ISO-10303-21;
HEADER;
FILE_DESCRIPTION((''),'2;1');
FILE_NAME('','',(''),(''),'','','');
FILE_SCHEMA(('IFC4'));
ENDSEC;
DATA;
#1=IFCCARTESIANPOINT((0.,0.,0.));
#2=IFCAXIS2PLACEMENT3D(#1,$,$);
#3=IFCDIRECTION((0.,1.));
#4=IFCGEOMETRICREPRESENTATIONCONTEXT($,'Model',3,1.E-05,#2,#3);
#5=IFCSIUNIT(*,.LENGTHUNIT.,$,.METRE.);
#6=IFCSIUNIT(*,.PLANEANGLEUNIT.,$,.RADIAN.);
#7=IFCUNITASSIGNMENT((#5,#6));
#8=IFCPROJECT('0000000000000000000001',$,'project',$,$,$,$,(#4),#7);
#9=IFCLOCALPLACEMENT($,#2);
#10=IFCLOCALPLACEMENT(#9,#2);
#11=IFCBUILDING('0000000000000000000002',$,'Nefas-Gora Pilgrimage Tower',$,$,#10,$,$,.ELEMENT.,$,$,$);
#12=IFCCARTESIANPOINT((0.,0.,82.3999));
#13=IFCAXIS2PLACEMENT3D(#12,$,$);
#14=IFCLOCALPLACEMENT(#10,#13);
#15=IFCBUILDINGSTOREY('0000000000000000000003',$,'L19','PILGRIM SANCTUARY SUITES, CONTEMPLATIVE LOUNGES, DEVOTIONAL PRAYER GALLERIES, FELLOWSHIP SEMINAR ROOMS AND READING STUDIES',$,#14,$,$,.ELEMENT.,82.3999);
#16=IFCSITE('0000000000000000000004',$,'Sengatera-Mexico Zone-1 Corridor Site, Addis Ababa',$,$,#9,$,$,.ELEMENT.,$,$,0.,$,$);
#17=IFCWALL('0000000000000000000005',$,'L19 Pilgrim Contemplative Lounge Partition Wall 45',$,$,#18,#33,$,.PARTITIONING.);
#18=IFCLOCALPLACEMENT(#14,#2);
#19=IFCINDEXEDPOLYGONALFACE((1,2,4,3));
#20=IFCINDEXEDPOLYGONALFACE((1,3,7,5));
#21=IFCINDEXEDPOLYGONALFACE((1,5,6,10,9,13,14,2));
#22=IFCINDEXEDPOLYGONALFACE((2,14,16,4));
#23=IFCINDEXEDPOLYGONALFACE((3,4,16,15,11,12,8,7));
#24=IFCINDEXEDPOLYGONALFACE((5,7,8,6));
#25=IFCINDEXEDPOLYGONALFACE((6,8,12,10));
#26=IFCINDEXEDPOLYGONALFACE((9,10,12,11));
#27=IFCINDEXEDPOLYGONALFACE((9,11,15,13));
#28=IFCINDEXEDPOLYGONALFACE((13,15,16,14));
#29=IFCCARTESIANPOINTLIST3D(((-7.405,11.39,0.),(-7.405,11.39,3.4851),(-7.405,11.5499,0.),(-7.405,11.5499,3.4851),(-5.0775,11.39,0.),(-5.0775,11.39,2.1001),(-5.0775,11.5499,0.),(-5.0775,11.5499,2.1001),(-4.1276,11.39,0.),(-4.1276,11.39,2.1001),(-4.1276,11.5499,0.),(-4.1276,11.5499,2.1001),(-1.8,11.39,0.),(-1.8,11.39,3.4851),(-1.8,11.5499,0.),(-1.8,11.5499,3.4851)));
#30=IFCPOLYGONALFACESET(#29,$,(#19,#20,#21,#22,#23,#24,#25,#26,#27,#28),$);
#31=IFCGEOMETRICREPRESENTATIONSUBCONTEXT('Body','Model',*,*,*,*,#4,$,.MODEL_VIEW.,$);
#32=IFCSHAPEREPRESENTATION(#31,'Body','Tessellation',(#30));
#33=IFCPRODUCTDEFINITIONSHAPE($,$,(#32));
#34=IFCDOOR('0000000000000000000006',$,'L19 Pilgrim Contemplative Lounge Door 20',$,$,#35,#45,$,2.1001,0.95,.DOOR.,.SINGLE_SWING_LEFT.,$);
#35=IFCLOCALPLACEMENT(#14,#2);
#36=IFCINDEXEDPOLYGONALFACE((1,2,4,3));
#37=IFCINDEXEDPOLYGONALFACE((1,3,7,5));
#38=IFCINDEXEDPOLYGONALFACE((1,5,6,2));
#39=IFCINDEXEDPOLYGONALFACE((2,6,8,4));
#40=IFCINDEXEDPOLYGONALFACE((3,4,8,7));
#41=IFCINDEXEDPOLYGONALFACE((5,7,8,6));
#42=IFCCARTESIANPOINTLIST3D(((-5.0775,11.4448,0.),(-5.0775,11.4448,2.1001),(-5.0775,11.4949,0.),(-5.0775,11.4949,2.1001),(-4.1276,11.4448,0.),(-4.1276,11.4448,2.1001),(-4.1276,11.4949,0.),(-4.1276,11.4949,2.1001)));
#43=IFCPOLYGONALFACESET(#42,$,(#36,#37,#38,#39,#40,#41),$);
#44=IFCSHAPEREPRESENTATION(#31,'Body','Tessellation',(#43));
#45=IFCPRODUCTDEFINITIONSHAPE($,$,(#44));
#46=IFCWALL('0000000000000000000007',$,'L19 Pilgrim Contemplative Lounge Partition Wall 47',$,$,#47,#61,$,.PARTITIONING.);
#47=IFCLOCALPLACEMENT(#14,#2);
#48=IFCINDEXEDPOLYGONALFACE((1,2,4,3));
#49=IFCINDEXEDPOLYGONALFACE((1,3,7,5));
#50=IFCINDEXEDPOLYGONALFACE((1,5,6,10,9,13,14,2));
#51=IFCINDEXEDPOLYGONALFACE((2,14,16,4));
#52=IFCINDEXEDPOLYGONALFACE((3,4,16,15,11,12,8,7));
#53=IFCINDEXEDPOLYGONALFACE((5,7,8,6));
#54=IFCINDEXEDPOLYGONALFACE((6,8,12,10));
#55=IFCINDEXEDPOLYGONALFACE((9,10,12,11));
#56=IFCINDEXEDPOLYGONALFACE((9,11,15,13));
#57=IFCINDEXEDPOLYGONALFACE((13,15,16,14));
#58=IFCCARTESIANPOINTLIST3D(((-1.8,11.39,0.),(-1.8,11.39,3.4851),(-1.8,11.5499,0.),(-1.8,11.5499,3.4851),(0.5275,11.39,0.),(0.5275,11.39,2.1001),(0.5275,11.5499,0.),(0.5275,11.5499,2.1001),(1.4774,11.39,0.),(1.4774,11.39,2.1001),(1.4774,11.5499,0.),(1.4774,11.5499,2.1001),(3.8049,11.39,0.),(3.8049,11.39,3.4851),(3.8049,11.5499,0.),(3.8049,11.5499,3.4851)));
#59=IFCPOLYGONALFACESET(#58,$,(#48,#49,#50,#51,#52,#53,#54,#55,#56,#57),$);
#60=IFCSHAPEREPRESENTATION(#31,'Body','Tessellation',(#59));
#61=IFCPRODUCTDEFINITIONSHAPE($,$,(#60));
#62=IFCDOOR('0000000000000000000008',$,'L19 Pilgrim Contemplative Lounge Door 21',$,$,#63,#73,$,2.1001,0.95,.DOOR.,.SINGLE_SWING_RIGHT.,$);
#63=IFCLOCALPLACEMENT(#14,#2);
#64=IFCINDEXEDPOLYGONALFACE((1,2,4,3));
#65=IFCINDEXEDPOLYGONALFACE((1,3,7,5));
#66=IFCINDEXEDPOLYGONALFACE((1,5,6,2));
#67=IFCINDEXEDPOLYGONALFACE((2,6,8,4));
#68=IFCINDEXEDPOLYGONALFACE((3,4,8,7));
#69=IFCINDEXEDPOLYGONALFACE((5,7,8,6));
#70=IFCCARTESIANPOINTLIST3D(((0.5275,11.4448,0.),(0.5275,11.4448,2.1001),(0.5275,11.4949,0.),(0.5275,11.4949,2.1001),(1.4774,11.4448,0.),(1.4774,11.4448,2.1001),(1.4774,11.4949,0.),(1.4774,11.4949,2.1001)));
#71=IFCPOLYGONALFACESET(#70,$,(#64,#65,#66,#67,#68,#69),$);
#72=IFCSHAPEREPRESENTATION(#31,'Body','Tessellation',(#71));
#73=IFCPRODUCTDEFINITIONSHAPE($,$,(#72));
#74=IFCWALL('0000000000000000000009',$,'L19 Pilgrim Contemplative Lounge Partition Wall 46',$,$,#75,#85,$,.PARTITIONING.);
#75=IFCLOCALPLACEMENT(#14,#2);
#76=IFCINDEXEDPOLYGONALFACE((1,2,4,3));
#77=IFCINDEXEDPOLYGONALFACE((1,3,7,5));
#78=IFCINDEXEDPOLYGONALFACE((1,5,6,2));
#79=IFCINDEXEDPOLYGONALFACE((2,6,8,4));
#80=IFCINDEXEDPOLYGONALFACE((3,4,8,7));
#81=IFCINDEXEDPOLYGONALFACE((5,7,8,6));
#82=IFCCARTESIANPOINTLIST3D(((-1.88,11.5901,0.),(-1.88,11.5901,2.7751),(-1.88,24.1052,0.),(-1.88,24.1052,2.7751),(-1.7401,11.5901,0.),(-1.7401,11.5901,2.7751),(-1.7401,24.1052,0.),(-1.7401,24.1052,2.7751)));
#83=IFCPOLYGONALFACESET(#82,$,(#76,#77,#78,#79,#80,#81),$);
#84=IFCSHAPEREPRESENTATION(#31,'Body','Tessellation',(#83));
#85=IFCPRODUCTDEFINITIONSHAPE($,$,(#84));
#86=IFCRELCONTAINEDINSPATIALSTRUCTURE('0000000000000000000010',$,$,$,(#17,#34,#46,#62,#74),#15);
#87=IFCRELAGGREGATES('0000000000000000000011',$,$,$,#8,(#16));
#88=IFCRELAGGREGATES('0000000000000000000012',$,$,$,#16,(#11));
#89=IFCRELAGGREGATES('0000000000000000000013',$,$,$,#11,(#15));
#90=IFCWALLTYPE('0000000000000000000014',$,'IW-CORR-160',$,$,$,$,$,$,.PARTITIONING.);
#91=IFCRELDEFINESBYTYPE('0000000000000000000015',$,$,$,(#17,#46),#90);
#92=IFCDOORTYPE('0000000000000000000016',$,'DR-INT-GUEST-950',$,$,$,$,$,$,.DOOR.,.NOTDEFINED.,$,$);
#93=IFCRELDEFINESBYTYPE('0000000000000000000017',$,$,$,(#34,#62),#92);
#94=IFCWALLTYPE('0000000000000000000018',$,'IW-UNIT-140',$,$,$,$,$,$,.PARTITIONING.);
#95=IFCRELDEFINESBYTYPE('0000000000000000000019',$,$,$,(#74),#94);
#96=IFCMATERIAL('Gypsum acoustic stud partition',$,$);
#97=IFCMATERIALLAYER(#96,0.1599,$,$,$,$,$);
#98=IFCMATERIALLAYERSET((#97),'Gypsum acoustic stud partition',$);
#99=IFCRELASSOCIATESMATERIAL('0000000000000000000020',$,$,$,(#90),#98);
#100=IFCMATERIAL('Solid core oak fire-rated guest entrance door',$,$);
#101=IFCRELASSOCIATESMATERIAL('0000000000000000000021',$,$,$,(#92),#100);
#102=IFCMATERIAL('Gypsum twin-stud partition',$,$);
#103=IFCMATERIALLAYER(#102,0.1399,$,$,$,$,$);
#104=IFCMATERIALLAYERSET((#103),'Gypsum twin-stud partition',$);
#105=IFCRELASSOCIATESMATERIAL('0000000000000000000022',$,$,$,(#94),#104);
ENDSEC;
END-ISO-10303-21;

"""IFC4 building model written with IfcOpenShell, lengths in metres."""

from ifc_helpers import new_model, si_unit, direction, frame, frame_2d, origin, place, context, subcontext, project, spatial, rectangle, extrude, source, transform, mapped, material, layer, layer_set, type_object, element, fill, save


model = new_model("IFC4")

# Units and contexts
model_context = context("Model", 3, precision=1e-05, world=origin(), true_north=direction((0.0, 1.0)))
body_context = subcontext(model_context, "Body", "Model", "MODEL_VIEW")
ifc_project = project(units=[si_unit("LENGTHUNIT", "METRE"), si_unit("PLANEANGLEUNIT", "RADIAN")], contexts=[model_context])

# Site, building, storey
site_placement = place(None, origin())
site = spatial("IfcSite", under=ifc_project, at=site_placement, Name="Sengatera-Mexico Zone-1 Corridor Site, Addis Ababa", CompositionType="ELEMENT", RefElevation=0.0)
building_placement = place(site_placement, origin())
building = spatial("IfcBuilding", under=site, at=building_placement, Name="Nefas-Gora Pilgrimage Tower", CompositionType="ELEMENT")
storey_placement = place(building_placement, frame((0.0, 0.0, 82.3999)))
storey = spatial("IfcBuildingStorey", under=building, at=storey_placement, Name="L19", Description="PILGRIM SANCTUARY SUITES, CONTEMPLATIVE LOUNGES, DEVOTIONAL PRAYER GALLERIES, FELLOWSHIP SEMINAR ROOMS AND READING STUDIES", CompositionType="ELEMENT", Elevation=82.3999)

# Shared definitions
ifc_material_1 = material(Name="Gypsum acoustic stud partition")
ifc_layer_1 = layer(ifc_material_1, 0.1599)
ifc_layer_set_1 = layer_set([ifc_layer_1], Name="Gypsum acoustic stud partition")
wall_type_1 = type_object("IfcWallType", Name="IW-CORR-160", PredefinedType="PARTITIONING", material=ifc_layer_set_1)

# Walls, openings, doors
shared_shape_1 = source(origin(), body_context, "Body", "SweptSolid", [
    extrude(rectangle(XDim=5.605, YDim=0.1599, at=frame_2d((2.8025, 0.0))), origin(), (0.0, 0.0, 1.0), 3.4851),
])
wall_1_placement = place(storey_placement, frame((-7.405, 11.47, 0.0), z_axis=(0.0, 0.0, 1.0), x_axis=(1.0, 0.0, 0.0)))
wall_1 = element("IfcWall", 1, at=wall_1_placement, inside=storey, type_object=wall_type_1, Name="L19 Pilgrim Contemplative Lounge Partition Wall 45", PredefinedType="PARTITIONING", context=body_context, shape_type="MappedRepresentation", body=[
    mapped(shared_shape_1, transform((0.0, 0.0, 0.0), x_axis=(1.0, 0.0, 0.0), y_axis=(0.0, 1.0, 0.0), z_axis=(0.0, 0.0, 1.0), scale=1.0)),
])
opening_1_placement = place(wall_1_placement, frame((2.3274, 0.0, 0.0)))
opening_1 = element("IfcOpeningElement", 2, at=opening_1_placement, cuts=wall_1, PredefinedType="OPENING", context=body_context, shape_type="SweptSolid", body=[
    extrude(rectangle(XDim=0.95, YDim=2.1001, at=frame_2d((0.4751, 1.05))), frame((0.0, 0.0898, 0.0), z_axis=(0.0, -1.0, 0.0), x_axis=(1.0, 0.0, 0.0)), (0.0, 0.0, 1.0), 0.1799),
])
ifc_material_2 = material(Name="Solid core oak fire-rated guest entrance door")
door_type_1 = type_object("IfcDoorType", Name="DR-INT-GUEST-950", OperationType="NOTDEFINED", PredefinedType="DOOR", material=ifc_material_2)
shared_shape_2 = source(origin(), body_context, "Body", "SweptSolid", [
    extrude(rectangle(XDim=0.95, YDim=2.1001, at=frame_2d((0.4751, 1.05))), frame((0.0, 0.0249, 0.0), z_axis=(0.0, -1.0, 0.0), x_axis=(1.0, 0.0, 0.0)), (0.0, 0.0, 1.0), 0.05),
])
door_1_placement = place(opening_1_placement, origin())
door_1 = element("IfcDoor", 3, at=door_1_placement, inside=storey, type_object=door_type_1, Name="L19 Pilgrim Contemplative Lounge Door 20", OperationType="SINGLE_SWING_LEFT", OverallHeight=2.1001, OverallWidth=0.95, PredefinedType="DOOR", context=body_context, shape_type="MappedRepresentation", body=[
    mapped(shared_shape_2, transform((0.0, 0.0, 0.0), x_axis=(1.0, 0.0, 0.0), y_axis=(0.0, 1.0, 0.0), z_axis=(0.0, 0.0, 1.0), scale=1.0)),
])
fill(opening_1, door_1)
wall_2_placement = place(storey_placement, frame((-1.8, 11.47, 0.0), z_axis=(0.0, 0.0, 1.0), x_axis=(1.0, 0.0, 0.0)))
wall_2 = element("IfcWall", 4, at=wall_2_placement, inside=storey, type_object=wall_type_1, Name="L19 Pilgrim Contemplative Lounge Partition Wall 47", PredefinedType="PARTITIONING", context=body_context, shape_type="MappedRepresentation", body=[
    mapped(shared_shape_1, transform((0.0, 0.0, 0.0), x_axis=(1.0, 0.0, 0.0), y_axis=(0.0, 1.0, 0.0), z_axis=(0.0, 0.0, 1.0), scale=1.0)),
])
opening_2_placement = place(wall_2_placement, frame((2.3274, 0.0, 0.0)))
opening_2 = element("IfcOpeningElement", 5, at=opening_2_placement, cuts=wall_2, PredefinedType="OPENING", context=body_context, shape_type="SweptSolid", body=[
    extrude(rectangle(XDim=0.95, YDim=2.1001, at=frame_2d((0.4751, 1.05))), frame((0.0, 0.0898, 0.0), z_axis=(0.0, -1.0, 0.0), x_axis=(1.0, 0.0, 0.0)), (0.0, 0.0, 1.0), 0.1799),
])
door_2_placement = place(opening_2_placement, origin())
door_2 = element("IfcDoor", 6, at=door_2_placement, inside=storey, type_object=door_type_1, Name="L19 Pilgrim Contemplative Lounge Door 21", OperationType="SINGLE_SWING_RIGHT", OverallHeight=2.1001, OverallWidth=0.95, PredefinedType="DOOR", context=body_context, shape_type="MappedRepresentation", body=[
    mapped(shared_shape_2, transform((0.0, 0.0, 0.0), x_axis=(1.0, 0.0, 0.0), y_axis=(0.0, 1.0, 0.0), z_axis=(0.0, 0.0, 1.0), scale=1.0)),
])
fill(opening_2, door_2)

# Wall
ifc_material_3 = material(Name="Gypsum twin-stud partition")
ifc_layer_2 = layer(ifc_material_3, 0.1399)
ifc_layer_set_2 = layer_set([ifc_layer_2], Name="Gypsum twin-stud partition")
wall_type_2 = type_object("IfcWallType", Name="IW-UNIT-140", PredefinedType="PARTITIONING", material=ifc_layer_set_2)
shared_shape_3 = source(origin(), body_context, "Body", "SweptSolid", [
    extrude(rectangle(XDim=12.5151, YDim=0.1399, at=frame_2d((6.2576, 0.0))), origin(), (0.0, 0.0, 1.0), 2.7751),
])
wall_3_placement = place(storey_placement, frame((-1.8101, 11.5901, 0.0), z_axis=(0.0, 0.0, 1.0), x_axis=(0.0, 1.0, 0.0)))
element("IfcWall", 7, at=wall_3_placement, inside=storey, type_object=wall_type_2, Name="L19 Pilgrim Contemplative Lounge Partition Wall 46", PredefinedType="PARTITIONING", context=body_context, shape_type="MappedRepresentation", body=[
    mapped(shared_shape_3, transform((0.0, 0.0, 0.0), x_axis=(1.0, 0.0, 0.0), y_axis=(0.0, 1.0, 0.0), z_axis=(0.0, 0.0, 1.0), scale=1.0)),
])

save(model, "model.ifc")
